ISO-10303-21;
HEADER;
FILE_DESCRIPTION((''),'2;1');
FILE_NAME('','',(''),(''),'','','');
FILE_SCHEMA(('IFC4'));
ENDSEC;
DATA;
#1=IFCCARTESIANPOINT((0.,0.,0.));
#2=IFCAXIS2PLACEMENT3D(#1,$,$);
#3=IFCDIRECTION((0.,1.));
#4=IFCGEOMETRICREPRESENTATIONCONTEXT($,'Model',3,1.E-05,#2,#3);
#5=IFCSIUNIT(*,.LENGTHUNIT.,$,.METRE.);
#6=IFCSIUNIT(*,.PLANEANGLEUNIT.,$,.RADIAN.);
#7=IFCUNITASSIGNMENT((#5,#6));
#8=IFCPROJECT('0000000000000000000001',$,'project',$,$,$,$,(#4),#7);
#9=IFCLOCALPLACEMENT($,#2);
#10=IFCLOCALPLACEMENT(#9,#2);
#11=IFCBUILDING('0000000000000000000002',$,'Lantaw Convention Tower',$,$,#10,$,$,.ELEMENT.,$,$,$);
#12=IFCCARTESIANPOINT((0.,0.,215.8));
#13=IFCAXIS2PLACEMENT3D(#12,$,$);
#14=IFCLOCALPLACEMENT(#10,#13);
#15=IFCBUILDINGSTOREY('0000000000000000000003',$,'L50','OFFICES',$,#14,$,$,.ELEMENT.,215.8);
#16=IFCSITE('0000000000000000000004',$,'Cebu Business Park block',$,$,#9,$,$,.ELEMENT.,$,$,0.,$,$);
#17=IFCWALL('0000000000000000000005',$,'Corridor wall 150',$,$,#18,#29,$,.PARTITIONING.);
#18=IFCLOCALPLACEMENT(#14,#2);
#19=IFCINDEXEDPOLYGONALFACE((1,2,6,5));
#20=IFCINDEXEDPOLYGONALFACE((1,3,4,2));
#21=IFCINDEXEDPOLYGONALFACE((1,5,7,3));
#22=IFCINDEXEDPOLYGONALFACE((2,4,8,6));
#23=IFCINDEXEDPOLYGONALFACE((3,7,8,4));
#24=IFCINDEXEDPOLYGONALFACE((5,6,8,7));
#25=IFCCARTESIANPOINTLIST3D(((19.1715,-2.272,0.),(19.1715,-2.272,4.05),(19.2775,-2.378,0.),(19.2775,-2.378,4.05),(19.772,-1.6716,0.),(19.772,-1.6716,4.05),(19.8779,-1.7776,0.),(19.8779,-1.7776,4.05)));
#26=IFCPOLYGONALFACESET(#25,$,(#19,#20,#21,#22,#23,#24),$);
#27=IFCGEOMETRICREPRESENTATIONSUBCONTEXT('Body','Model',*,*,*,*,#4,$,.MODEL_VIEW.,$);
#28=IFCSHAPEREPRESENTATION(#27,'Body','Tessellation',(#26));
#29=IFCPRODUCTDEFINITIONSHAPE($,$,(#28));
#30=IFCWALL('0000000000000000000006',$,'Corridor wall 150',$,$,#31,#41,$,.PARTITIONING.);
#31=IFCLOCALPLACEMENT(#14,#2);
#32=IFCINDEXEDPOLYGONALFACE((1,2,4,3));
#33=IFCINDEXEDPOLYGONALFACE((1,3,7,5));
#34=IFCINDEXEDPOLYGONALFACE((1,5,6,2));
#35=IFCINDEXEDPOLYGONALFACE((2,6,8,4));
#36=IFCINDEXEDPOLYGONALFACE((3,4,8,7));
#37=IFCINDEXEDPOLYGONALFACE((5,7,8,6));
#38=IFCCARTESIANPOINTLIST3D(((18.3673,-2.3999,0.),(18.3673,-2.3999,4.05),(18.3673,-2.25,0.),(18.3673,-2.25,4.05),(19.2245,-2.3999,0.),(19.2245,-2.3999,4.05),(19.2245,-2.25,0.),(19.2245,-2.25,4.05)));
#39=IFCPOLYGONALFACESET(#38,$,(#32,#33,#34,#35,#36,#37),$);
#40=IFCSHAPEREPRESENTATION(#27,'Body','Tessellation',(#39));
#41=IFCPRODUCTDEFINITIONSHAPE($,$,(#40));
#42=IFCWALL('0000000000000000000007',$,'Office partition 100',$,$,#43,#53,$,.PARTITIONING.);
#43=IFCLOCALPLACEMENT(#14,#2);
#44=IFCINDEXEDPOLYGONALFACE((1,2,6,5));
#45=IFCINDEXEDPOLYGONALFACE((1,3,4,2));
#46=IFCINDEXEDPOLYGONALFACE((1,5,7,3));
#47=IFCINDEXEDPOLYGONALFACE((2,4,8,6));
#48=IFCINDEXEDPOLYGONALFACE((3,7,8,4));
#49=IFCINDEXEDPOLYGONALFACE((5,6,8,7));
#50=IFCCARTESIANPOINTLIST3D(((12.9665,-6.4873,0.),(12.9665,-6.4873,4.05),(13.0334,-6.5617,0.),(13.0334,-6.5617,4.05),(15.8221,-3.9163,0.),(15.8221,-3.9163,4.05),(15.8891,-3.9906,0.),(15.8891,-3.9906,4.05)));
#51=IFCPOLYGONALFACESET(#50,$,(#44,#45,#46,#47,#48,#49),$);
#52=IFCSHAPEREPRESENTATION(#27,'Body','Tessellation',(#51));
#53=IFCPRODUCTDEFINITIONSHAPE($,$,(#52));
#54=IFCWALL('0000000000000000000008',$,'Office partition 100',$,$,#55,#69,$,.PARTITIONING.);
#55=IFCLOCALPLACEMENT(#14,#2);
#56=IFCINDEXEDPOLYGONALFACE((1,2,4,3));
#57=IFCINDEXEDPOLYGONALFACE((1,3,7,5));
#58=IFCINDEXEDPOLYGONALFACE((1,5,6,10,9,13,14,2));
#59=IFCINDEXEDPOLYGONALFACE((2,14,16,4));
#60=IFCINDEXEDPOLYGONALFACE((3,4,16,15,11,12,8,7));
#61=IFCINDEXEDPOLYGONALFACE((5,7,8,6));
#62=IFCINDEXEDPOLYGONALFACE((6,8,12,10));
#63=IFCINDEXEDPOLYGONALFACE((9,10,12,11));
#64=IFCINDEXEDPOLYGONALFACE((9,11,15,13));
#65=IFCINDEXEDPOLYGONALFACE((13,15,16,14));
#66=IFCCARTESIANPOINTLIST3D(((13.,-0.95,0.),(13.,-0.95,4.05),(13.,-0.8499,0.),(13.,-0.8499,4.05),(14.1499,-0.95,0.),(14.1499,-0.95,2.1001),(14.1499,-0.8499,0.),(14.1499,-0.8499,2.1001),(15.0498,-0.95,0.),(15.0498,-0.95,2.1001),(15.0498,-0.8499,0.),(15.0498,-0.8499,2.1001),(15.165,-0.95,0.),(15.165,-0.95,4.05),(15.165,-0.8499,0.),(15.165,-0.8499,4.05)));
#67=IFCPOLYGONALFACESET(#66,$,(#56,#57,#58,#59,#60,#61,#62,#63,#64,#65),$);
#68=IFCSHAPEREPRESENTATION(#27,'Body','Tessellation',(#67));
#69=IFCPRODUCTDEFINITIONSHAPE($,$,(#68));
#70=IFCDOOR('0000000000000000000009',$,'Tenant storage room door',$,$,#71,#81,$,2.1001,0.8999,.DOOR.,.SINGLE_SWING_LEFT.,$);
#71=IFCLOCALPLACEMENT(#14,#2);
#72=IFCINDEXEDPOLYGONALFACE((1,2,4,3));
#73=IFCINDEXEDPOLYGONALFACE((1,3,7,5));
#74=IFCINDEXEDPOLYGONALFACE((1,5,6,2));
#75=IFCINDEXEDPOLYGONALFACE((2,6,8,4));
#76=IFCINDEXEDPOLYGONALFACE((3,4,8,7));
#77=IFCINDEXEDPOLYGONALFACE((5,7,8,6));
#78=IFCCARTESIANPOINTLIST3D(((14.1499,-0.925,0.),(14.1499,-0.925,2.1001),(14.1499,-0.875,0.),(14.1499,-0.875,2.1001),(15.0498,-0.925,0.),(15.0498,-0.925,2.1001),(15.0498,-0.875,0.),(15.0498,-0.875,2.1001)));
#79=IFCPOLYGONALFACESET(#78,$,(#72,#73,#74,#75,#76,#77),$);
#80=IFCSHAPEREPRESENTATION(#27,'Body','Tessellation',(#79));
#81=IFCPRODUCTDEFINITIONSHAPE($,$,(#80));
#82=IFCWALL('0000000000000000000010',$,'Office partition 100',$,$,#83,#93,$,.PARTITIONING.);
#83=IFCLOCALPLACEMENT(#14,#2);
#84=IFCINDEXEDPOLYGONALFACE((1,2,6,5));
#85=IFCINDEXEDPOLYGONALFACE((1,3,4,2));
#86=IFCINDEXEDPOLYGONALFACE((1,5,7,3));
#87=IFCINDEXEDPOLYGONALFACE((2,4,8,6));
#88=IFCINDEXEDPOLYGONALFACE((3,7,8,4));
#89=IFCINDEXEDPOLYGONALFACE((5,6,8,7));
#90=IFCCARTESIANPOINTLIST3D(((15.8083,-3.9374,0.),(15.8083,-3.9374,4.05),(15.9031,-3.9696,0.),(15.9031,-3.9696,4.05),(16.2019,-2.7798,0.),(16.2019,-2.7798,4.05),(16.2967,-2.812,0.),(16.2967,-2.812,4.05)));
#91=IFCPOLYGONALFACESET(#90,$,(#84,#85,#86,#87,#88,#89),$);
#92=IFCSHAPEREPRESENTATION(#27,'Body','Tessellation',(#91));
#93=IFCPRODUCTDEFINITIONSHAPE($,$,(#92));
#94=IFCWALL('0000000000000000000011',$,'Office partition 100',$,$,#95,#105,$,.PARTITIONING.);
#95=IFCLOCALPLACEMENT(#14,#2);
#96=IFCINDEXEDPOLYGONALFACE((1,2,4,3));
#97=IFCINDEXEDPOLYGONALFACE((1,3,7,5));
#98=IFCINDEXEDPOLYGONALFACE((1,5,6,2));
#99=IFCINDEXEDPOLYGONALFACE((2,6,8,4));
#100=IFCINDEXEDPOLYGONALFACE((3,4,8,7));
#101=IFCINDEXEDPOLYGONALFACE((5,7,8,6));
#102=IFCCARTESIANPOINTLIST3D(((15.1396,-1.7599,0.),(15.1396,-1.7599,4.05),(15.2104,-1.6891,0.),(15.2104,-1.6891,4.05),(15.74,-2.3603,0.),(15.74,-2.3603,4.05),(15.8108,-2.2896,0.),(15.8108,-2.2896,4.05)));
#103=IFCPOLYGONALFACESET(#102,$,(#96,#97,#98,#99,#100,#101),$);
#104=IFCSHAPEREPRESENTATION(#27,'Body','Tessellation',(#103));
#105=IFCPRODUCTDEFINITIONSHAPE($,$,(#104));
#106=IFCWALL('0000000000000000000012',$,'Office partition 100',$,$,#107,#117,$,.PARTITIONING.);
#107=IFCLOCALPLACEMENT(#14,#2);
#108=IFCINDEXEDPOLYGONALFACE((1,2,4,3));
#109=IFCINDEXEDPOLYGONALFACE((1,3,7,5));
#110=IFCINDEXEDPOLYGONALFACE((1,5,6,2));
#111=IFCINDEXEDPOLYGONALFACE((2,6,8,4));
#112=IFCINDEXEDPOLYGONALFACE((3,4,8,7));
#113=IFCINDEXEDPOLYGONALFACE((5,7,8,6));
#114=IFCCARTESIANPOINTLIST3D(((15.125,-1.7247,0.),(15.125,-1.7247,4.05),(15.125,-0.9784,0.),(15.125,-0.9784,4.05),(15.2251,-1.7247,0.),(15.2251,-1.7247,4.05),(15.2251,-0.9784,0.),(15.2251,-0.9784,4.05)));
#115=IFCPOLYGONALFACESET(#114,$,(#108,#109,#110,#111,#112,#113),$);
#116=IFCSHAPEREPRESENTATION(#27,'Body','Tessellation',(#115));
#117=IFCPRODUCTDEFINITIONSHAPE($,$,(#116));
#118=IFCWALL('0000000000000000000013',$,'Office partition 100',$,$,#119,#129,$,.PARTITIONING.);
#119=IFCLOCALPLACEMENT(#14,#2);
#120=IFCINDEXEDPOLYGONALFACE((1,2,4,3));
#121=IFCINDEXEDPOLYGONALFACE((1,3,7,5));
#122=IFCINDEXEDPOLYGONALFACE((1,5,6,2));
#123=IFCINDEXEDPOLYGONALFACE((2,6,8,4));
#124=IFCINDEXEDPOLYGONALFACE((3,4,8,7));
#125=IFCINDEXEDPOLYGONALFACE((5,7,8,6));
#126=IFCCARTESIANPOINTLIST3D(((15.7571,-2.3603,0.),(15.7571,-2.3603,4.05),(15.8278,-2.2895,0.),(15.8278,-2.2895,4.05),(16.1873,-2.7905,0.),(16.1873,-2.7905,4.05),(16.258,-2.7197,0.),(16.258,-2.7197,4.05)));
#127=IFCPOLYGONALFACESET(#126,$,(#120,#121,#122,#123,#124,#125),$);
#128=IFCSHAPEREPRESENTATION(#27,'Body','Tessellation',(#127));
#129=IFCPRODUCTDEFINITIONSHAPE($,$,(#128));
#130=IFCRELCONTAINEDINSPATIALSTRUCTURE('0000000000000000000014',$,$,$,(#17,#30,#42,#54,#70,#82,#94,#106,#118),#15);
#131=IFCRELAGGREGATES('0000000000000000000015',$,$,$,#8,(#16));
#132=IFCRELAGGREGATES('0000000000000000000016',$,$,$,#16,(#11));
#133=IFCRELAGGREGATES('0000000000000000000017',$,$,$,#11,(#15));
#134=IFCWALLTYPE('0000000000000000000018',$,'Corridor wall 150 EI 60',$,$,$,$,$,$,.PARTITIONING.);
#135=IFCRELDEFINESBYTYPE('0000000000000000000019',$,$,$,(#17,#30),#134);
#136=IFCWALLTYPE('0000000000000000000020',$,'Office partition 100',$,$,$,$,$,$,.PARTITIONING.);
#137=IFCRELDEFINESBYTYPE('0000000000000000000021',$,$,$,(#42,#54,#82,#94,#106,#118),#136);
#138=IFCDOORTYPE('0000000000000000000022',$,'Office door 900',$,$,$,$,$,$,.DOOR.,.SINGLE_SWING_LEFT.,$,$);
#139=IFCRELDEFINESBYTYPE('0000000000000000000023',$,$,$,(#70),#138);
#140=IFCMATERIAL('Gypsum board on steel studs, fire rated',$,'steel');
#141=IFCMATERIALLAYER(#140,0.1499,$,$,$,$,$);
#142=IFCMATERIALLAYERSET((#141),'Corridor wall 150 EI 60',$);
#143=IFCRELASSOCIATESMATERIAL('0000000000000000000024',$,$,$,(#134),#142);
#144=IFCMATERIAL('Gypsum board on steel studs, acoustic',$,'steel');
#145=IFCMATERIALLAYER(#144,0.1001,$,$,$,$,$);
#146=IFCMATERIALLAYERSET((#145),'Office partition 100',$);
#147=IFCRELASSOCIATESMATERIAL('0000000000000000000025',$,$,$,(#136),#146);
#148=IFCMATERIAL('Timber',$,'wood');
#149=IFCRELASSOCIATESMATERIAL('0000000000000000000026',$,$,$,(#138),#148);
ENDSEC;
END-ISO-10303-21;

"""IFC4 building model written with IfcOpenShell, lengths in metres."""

from ifc_helpers import new_model, si_unit, direction, frame, frame_2d, origin, place, context, subcontext, project, spatial, rectangle, extrude, material, layer, layer_set, type_object, element, fill, save


model = new_model("IFC4")

# Units and contexts
model_context = context("Model", 3, precision=1e-05, world=origin(), true_north=direction((0.0, 1.0)))
body_context = subcontext(model_context, "Body", "Model", "MODEL_VIEW")
ifc_project = project(units=[si_unit("LENGTHUNIT", "METRE"), si_unit("PLANEANGLEUNIT", "RADIAN")], contexts=[model_context])

# Site, building, storey
site_placement = place(None, origin())
site = spatial("IfcSite", under=ifc_project, at=site_placement, Name="Cebu Business Park block", CompositionType="ELEMENT", RefElevation=0.0)
building_placement = place(site_placement, origin())
building = spatial("IfcBuilding", under=site, at=building_placement, Name="Lantaw Convention Tower", CompositionType="ELEMENT")
storey_placement = place(building_placement, frame((0.0, 0.0, 215.8)))
storey = spatial("IfcBuildingStorey", under=building, at=storey_placement, Name="L50", Description="OFFICES", CompositionType="ELEMENT", Elevation=215.8)

# Shared definitions
ifc_material_1 = material(Name="Gypsum board on steel studs, fire rated", Category="steel")
ifc_layer_1 = layer(ifc_material_1, 0.1499)
ifc_layer_set_1 = layer_set([ifc_layer_1], Name="Corridor wall 150 EI 60")
wall_type_1 = type_object("IfcWallType", Name="Corridor wall 150 EI 60", PredefinedType="PARTITIONING", material=ifc_layer_set_1)

# Walls
wall_1_placement = place(storey_placement, frame((19.825, -1.7246, 0.0), z_axis=(0.0, 0.0, 1.0), x_axis=(-0.707107, -0.707107, 0.0)))
element("IfcWall", 1, at=wall_1_placement, inside=storey, type_object=wall_type_1, Name="Corridor wall 150", PredefinedType="PARTITIONING", context=body_context, shape_type="SweptSolid", body=[
    extrude(rectangle(XDim=0.8491, YDim=0.1499, at=frame_2d((0.4246, 0.0))), origin(), (0.0, 0.0, 1.0), 4.05),
])
wall_2_placement = place(storey_placement, frame((19.2246, -2.325, 0.0), z_axis=(0.0, 0.0, 1.0), x_axis=(-1.0, 0.0, 0.0)))
element("IfcWall", 2, at=wall_2_placement, inside=storey, type_object=wall_type_1, Name="Corridor wall 150", PredefinedType="PARTITIONING", context=body_context, shape_type="SweptSolid", body=[
    extrude(rectangle(XDim=0.8572, YDim=0.1499, at=frame_2d((0.4287, 0.0))), origin(), (0.0, 0.0, 1.0), 4.05),
])
ifc_material_2 = material(Name="Gypsum board on steel studs, acoustic", Category="steel")
ifc_layer_2 = layer(ifc_material_2, 0.1001)
ifc_layer_set_2 = layer_set([ifc_layer_2], Name="Office partition 100")
wall_type_2 = type_object("IfcWallType", Name="Office partition 100", PredefinedType="PARTITIONING", material=ifc_layer_set_2)
wall_3_placement = place(storey_placement, frame((15.8557, -3.9534, 0.0), z_axis=(0.0, 0.0, 1.0), x_axis=(-0.743177, -0.669095, 0.0)))
element("IfcWall", 3, at=wall_3_placement, inside=storey, type_object=wall_type_2, Name="Office partition 100", PredefinedType="PARTITIONING", context=body_context, shape_type="SweptSolid", body=[
    extrude(rectangle(XDim=3.8425, YDim=0.1001, at=frame_2d((1.9214, 0.0))), origin(), (0.0, 0.0, 1.0), 4.05),
])

# Wall, opening, door
wall_4_placement = place(storey_placement, frame((13.0, -0.8999, 0.0), z_axis=(0.0, 0.0, 1.0), x_axis=(1.0, 0.0, 0.0)))
wall_4 = element("IfcWall", 4, at=wall_4_placement, inside=storey, type_object=wall_type_2, Name="Office partition 100", PredefinedType="PARTITIONING", context=body_context, shape_type="SweptSolid", body=[
    extrude(rectangle(XDim=2.165, YDim=0.1001, at=frame_2d((1.0825, 0.0))), origin(), (0.0, 0.0, 1.0), 4.05),
])
opening_1_placement = place(wall_4_placement, frame((1.1499, 0.0, 0.0)))
opening_1 = element("IfcOpeningElement", 5, at=opening_1_placement, cuts=wall_4, PredefinedType="OPENING", context=body_context, shape_type="SweptSolid", body=[
    extrude(rectangle(XDim=0.8999, YDim=2.1001, at=frame_2d((0.45, 1.05))), frame((0.0, 0.0601, 0.0), z_axis=(0.0, -1.0, 0.0), x_axis=(1.0, 0.0, 0.0)), (0.0, 0.0, 1.0), 0.1201),
])
ifc_material_3 = material(Name="Timber", Category="wood")
door_type_1 = type_object("IfcDoorType", Name="Office door 900", OperationType="SINGLE_SWING_LEFT", PredefinedType="DOOR", material=ifc_material_3)
door_1_placement = place(opening_1_placement, origin())
door_1 = element("IfcDoor", 6, at=door_1_placement, inside=storey, type_object=door_type_1, Name="Tenant storage room door", OperationType="SINGLE_SWING_LEFT", OverallHeight=2.1001, OverallWidth=0.8999, PredefinedType="DOOR", context=body_context, shape_type="SweptSolid", body=[
    extrude(rectangle(XDim=0.8999, YDim=2.1001, at=frame_2d((0.45, 1.05))), frame((0.0, 0.0249, 0.0), z_axis=(0.0, -1.0, 0.0), x_axis=(1.0, 0.0, 0.0)), (0.0, 0.0, 1.0), 0.05),
])
fill(opening_1, door_1)

# Walls
wall_5_placement = place(storey_placement, frame((16.2493, -2.7959, 0.0), z_axis=(0.0, 0.0, 1.0), x_axis=(-0.321913, -0.946769, 0.0)))
element("IfcWall", 7, at=wall_5_placement, inside=storey, type_object=wall_type_2, Name="Office partition 100", PredefinedType="PARTITIONING", context=body_context, shape_type="SweptSolid", body=[
    extrude(rectangle(XDim=1.2227, YDim=0.1001, at=frame_2d((0.6113, 0.0))), origin(), (0.0, 0.0, 1.0), 4.05),
])
wall_6_placement = place(storey_placement, frame((15.7754, -2.325, 0.0), z_axis=(0.0, 0.0, 1.0), x_axis=(-0.707107, 0.707107, 0.0)))
element("IfcWall", 8, at=wall_6_placement, inside=storey, type_object=wall_type_2, Name="Office partition 100", PredefinedType="PARTITIONING", context=body_context, shape_type="SweptSolid", body=[
    extrude(rectangle(XDim=0.8491, YDim=0.1001, at=frame_2d((0.4246, 0.0))), origin(), (0.0, 0.0, 1.0), 4.05),
])
wall_7_placement = place(storey_placement, frame((15.175, -1.7246, 0.0), z_axis=(0.0, 0.0, 1.0), x_axis=(0.0, 1.0, 0.0)))
element("IfcWall", 9, at=wall_7_placement, inside=storey, type_object=wall_type_2, Name="Office partition 100", PredefinedType="PARTITIONING", context=body_context, shape_type="SweptSolid", body=[
    extrude(rectangle(XDim=0.7463, YDim=0.1001, at=frame_2d((0.373, 0.0))), origin(), (0.0, 0.0, 1.0), 4.05),
])
wall_8_placement = place(storey_placement, frame((16.2227, -2.7551, 0.0), z_axis=(0.0, 0.0, 1.0), x_axis=(-0.707107, 0.707107, 0.0)))
element("IfcWall", 10, at=wall_8_placement, inside=storey, type_object=wall_type_2, Name="Office partition 100", PredefinedType="PARTITIONING", context=body_context, shape_type="SweptSolid", body=[
    extrude(rectangle(XDim=0.6084, YDim=0.1001, at=frame_2d((0.3042, 0.0))), origin(), (0.0, 0.0, 1.0), 4.05),
])

save(model, "model.ifc")
